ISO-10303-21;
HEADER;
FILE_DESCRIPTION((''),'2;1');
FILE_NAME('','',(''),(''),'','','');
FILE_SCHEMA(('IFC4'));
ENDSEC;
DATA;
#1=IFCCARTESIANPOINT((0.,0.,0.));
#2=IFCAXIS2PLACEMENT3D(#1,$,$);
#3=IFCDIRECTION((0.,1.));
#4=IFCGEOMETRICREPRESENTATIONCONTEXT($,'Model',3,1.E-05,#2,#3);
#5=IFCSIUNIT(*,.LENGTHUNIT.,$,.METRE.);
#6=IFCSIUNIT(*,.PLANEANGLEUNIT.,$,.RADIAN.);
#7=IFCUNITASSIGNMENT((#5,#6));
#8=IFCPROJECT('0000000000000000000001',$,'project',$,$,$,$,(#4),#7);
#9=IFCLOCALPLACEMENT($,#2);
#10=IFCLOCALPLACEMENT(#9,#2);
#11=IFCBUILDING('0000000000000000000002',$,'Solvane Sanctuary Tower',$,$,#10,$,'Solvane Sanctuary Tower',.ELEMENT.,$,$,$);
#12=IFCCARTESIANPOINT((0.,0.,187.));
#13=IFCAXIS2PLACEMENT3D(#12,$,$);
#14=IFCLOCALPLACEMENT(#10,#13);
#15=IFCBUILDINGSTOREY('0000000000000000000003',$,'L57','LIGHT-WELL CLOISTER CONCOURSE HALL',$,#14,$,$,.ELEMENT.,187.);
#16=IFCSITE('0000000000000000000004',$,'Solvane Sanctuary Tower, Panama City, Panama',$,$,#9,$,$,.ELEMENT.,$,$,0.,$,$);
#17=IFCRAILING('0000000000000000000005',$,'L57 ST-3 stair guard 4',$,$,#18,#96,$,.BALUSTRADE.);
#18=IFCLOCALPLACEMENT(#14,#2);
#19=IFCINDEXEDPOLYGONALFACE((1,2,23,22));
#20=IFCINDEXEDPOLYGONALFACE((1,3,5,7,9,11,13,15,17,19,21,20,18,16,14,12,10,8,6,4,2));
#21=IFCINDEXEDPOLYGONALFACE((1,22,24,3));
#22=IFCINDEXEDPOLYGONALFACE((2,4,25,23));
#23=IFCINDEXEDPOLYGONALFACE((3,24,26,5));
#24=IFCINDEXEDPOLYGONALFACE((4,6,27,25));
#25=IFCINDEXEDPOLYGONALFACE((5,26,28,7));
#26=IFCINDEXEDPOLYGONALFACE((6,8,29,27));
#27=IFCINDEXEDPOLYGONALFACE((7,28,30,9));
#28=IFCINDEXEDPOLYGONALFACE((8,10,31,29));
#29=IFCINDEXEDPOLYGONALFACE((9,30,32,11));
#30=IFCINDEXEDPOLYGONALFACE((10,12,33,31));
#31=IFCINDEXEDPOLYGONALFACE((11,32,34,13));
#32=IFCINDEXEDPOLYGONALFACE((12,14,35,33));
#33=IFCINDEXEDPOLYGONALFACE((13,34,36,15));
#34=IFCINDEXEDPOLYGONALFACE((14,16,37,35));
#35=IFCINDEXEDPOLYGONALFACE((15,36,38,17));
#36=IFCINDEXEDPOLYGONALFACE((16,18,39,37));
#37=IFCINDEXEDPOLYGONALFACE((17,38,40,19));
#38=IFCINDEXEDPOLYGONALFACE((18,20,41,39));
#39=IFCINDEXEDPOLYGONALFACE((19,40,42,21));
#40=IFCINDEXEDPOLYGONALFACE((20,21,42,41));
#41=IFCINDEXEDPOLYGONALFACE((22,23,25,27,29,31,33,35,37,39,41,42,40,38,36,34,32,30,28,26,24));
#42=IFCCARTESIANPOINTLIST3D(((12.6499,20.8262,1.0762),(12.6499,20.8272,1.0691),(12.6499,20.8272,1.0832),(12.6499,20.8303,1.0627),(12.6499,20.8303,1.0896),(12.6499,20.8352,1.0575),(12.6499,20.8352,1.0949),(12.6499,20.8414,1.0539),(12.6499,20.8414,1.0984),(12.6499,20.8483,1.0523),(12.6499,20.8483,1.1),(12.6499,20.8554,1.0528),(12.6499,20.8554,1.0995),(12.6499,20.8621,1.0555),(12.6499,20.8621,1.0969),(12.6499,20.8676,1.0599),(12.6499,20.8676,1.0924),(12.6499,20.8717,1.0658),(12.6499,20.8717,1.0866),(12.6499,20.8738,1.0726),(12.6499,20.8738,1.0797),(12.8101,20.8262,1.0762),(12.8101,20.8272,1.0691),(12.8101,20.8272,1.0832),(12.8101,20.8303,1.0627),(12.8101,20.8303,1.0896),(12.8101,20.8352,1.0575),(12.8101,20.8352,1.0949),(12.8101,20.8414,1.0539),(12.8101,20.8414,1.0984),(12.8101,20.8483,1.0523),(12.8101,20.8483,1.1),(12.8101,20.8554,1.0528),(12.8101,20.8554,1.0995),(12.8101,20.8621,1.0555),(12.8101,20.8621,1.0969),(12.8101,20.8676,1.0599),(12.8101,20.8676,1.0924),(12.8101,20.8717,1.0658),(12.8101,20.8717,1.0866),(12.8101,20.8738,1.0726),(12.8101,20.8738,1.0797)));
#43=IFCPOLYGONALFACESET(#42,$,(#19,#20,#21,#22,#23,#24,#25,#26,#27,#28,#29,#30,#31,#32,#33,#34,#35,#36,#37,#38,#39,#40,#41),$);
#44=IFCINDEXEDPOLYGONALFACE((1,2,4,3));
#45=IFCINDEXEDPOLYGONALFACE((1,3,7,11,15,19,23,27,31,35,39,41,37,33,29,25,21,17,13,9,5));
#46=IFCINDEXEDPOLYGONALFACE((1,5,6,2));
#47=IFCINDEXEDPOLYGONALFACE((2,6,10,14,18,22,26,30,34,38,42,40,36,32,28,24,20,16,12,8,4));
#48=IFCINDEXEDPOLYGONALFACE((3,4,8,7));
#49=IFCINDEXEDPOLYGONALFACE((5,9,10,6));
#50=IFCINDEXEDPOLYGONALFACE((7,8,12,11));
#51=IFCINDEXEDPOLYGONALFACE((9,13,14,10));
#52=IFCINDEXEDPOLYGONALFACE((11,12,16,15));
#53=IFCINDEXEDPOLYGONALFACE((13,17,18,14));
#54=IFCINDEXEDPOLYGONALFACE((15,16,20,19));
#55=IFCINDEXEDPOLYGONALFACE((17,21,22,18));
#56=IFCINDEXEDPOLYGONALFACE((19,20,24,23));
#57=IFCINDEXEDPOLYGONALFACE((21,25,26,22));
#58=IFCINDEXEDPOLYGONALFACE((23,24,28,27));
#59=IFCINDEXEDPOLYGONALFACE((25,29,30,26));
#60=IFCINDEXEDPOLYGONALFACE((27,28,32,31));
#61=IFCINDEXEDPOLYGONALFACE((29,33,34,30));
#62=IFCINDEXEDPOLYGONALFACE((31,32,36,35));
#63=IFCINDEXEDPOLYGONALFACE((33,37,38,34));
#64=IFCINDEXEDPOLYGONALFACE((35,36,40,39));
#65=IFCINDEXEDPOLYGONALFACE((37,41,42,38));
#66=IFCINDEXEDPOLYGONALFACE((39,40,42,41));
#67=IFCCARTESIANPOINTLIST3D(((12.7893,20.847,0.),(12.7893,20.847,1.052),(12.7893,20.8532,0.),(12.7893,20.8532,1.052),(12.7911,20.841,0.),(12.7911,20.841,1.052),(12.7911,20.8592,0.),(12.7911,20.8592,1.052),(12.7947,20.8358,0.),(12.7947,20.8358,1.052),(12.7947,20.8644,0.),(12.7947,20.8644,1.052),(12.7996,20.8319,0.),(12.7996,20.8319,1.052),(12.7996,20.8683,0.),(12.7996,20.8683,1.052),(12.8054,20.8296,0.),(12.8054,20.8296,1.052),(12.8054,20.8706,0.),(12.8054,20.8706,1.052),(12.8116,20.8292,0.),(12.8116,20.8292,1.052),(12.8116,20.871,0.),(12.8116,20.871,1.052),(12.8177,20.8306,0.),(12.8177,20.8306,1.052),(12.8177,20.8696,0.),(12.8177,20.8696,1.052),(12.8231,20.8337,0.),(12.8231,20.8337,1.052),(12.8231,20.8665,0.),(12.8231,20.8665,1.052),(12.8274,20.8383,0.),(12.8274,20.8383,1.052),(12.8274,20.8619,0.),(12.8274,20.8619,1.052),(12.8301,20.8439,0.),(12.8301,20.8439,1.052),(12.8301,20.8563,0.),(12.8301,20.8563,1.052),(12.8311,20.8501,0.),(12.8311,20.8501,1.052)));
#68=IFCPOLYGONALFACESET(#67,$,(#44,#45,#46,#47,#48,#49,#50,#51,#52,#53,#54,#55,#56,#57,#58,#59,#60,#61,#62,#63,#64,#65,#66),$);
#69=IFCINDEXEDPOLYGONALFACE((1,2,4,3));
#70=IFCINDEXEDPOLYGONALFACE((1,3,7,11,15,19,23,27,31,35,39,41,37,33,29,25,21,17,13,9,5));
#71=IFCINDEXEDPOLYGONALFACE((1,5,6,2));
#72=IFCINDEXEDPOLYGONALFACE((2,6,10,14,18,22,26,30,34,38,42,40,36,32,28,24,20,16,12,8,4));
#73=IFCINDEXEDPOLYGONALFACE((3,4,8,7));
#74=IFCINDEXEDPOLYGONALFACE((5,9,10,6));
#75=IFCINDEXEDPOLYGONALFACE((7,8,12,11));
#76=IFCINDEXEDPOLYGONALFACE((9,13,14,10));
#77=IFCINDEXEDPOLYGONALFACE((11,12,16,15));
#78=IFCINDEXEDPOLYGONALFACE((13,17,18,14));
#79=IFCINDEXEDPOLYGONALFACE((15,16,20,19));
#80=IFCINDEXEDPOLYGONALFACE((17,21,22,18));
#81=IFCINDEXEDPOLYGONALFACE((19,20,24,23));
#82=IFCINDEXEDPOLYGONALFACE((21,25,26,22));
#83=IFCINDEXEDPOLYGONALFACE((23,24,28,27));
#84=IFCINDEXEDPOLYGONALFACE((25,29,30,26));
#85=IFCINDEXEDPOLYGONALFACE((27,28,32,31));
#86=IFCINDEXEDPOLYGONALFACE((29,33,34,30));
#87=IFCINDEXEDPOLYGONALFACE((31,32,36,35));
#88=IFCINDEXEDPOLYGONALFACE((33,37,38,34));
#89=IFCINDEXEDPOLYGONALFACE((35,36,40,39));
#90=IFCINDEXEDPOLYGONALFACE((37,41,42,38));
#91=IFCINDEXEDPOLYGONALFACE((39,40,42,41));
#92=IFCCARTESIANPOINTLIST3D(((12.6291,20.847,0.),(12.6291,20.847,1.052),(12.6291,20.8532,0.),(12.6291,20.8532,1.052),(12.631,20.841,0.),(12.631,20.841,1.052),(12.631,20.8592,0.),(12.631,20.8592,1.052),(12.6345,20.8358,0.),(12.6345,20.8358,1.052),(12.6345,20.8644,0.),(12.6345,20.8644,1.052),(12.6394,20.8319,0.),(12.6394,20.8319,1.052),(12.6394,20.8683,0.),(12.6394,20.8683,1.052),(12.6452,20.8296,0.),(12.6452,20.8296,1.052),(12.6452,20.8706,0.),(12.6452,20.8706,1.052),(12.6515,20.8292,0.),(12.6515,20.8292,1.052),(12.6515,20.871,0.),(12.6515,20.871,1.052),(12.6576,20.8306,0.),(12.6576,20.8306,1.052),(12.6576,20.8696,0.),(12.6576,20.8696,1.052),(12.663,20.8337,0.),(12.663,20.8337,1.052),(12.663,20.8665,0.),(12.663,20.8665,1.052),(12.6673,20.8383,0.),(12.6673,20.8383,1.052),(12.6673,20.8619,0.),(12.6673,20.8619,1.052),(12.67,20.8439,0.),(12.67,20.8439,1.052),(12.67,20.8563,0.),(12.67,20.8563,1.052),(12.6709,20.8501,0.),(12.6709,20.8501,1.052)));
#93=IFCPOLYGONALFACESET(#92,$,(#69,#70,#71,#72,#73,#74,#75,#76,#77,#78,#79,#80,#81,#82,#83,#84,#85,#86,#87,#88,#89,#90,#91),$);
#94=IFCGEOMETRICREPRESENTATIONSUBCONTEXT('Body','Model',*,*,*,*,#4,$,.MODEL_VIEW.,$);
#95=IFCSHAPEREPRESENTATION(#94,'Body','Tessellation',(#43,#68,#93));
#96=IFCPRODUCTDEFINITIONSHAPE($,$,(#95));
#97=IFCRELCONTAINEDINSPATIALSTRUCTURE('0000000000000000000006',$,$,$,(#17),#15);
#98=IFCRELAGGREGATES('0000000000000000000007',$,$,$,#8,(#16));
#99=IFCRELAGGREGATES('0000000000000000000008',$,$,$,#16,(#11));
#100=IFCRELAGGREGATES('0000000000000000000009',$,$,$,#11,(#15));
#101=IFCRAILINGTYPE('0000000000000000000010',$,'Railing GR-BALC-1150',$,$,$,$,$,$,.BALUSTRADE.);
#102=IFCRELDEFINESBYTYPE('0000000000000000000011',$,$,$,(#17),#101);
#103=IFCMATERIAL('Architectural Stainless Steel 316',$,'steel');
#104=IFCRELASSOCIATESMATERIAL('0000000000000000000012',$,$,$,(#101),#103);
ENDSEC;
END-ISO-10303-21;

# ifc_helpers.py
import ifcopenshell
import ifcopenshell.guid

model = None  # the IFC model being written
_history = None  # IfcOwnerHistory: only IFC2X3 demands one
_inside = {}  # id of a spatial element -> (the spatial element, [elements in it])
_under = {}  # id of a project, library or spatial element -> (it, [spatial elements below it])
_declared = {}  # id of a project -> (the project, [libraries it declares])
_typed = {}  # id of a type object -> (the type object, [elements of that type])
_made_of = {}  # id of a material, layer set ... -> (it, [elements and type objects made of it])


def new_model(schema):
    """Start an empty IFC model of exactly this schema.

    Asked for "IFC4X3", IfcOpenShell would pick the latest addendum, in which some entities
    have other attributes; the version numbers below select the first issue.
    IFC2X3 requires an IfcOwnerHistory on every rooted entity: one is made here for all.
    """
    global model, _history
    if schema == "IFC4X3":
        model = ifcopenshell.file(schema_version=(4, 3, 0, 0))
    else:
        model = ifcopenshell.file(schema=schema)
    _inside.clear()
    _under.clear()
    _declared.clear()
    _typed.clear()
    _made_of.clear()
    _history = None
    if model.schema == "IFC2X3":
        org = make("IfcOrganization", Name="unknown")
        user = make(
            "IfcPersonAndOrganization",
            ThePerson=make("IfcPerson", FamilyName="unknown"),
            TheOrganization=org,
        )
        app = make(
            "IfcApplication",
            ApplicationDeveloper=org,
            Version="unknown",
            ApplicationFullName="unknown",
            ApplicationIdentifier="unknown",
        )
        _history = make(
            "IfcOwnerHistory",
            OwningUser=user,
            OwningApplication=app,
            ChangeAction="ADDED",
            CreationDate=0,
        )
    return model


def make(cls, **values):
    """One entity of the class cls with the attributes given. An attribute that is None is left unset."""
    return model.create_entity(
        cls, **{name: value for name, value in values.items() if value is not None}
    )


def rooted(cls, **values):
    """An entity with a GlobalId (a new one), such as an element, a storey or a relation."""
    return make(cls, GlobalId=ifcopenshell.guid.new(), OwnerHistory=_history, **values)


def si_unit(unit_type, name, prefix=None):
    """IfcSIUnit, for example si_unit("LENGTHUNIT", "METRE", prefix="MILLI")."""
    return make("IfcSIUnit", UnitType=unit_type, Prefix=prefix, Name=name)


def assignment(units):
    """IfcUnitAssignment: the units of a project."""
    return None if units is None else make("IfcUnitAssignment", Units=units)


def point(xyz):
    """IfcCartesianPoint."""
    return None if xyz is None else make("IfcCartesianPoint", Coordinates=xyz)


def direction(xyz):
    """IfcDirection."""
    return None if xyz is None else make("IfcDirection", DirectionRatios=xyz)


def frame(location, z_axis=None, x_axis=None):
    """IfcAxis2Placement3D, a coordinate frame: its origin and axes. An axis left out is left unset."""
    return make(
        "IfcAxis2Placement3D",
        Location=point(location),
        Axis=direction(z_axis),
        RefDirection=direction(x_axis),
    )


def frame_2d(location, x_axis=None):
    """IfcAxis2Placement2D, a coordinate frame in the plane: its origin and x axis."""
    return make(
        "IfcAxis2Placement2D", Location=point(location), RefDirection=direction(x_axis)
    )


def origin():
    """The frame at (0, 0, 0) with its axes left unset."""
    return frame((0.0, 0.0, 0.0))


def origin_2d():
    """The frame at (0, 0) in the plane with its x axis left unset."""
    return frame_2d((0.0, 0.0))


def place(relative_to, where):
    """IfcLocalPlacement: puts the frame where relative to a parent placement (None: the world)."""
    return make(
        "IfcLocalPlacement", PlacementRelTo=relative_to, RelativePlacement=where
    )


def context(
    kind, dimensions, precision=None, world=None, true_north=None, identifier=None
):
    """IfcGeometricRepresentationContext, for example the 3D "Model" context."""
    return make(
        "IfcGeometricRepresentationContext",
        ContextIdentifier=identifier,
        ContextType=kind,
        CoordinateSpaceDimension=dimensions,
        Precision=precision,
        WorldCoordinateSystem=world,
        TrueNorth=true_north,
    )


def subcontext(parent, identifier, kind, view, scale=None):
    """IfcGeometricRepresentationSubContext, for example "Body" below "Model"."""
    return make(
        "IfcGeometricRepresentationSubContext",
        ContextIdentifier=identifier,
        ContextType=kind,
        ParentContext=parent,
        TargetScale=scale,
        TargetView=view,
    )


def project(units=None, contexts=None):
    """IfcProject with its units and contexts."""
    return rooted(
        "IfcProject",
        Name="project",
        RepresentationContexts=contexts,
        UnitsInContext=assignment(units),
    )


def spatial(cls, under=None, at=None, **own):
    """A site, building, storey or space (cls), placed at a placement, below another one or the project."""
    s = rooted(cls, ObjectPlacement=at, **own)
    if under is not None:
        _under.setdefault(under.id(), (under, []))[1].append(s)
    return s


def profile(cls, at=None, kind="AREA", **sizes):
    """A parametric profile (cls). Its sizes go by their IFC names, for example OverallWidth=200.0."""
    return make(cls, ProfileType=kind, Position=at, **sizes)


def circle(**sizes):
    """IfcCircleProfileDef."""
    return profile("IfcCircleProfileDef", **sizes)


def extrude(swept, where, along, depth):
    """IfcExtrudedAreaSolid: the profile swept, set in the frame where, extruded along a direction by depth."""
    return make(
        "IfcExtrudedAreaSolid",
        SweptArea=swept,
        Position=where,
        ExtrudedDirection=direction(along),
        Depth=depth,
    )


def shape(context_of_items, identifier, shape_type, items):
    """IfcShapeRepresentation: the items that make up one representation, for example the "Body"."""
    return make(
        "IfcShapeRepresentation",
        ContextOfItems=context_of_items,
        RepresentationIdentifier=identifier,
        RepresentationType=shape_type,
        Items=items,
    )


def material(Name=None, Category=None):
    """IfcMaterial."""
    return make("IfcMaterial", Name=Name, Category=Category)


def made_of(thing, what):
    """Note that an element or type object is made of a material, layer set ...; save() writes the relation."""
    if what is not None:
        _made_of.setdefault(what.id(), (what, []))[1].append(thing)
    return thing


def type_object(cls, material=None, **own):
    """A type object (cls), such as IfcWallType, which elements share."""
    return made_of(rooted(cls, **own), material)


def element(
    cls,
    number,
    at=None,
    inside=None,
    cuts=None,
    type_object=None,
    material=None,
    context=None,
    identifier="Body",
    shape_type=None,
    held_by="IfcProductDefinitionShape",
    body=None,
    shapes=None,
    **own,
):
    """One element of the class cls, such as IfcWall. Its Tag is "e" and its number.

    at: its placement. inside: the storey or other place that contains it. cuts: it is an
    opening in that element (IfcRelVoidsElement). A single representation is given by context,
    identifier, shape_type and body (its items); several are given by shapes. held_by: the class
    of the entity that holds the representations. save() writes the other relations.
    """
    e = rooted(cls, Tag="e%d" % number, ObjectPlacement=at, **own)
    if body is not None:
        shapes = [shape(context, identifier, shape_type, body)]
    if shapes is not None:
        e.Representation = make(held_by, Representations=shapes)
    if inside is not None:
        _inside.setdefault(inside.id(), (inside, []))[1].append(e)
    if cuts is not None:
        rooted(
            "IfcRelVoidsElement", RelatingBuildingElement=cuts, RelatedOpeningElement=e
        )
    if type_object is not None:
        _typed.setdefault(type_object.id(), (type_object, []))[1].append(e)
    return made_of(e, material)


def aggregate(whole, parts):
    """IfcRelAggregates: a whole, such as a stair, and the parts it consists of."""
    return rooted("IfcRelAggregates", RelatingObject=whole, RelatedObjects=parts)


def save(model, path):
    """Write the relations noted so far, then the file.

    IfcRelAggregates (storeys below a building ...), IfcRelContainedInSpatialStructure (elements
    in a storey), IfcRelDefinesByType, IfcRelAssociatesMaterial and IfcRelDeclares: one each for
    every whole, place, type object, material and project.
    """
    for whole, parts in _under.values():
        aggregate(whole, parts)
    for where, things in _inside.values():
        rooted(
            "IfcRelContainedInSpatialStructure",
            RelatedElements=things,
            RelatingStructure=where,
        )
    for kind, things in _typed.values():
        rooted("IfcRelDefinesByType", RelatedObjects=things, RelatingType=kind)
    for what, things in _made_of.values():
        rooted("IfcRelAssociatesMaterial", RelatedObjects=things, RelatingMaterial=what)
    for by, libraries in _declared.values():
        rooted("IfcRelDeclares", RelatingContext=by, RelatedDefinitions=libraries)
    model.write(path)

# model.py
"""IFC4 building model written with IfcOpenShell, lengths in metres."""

from ifc_helpers import new_model, si_unit, direction, frame, origin, origin_2d, place, context, subcontext, project, spatial, circle, extrude, material, type_object, element, save


model = new_model("IFC4")

# Units and contexts
model_context = context("Model", 3, precision=1e-05, world=origin(), true_north=direction((0.0, 1.0)))
body_context = subcontext(model_context, "Body", "Model", "MODEL_VIEW")
ifc_project = project(units=[si_unit("LENGTHUNIT", "METRE"), si_unit("PLANEANGLEUNIT", "RADIAN")], contexts=[model_context])

# Site, building, storey
site_placement = place(None, origin())
site = spatial("IfcSite", under=ifc_project, at=site_placement, Name="Solvane Sanctuary Tower, Panama City, Panama", CompositionType="ELEMENT", RefElevation=0.0)
building_placement = place(site_placement, origin())
building = spatial("IfcBuilding", under=site, at=building_placement, Name="Solvane Sanctuary Tower", LongName="Solvane Sanctuary Tower", CompositionType="ELEMENT")
storey_placement = place(building_placement, frame((0.0, 0.0, 187.0)))
storey = spatial("IfcBuildingStorey", under=building, at=storey_placement, Name="L57", Description="LIGHT-WELL CLOISTER CONCOURSE HALL", CompositionType="ELEMENT", Elevation=187.0)

# Railing
ifc_material_1 = material(Name="Architectural Stainless Steel 316", Category="steel")
railing_type_1 = type_object("IfcRailingType", Name="Railing GR-BALC-1150", PredefinedType="BALUSTRADE", material=ifc_material_1)
railing_1_placement = place(storey_placement, frame((12.8101, 20.8501, 0.0)))
element("IfcRailing", 1, at=railing_1_placement, inside=storey, type_object=railing_type_1, Name="L57 ST-3 stair guard 4", PredefinedType="BALUSTRADE", context=body_context, shape_type="SweptSolid", body=[
    extrude(circle(Radius=0.0239, at=origin_2d()), frame((0.0, 0.0, 1.0762), z_axis=(-1.0, 0.0, 0.0), x_axis=(0.0, -1.0, 0.0)), (0.0, 0.0, 1.0), 0.1602),
    extrude(circle(Radius=0.021, at=origin_2d()), origin(), (0.0, 0.0, 1.0), 1.052),
    extrude(circle(Radius=0.021, at=origin_2d()), frame((-0.1602, 0.0, 0.0)), (0.0, 0.0, 1.0), 1.052),
])

save(model, "model.ifc")
